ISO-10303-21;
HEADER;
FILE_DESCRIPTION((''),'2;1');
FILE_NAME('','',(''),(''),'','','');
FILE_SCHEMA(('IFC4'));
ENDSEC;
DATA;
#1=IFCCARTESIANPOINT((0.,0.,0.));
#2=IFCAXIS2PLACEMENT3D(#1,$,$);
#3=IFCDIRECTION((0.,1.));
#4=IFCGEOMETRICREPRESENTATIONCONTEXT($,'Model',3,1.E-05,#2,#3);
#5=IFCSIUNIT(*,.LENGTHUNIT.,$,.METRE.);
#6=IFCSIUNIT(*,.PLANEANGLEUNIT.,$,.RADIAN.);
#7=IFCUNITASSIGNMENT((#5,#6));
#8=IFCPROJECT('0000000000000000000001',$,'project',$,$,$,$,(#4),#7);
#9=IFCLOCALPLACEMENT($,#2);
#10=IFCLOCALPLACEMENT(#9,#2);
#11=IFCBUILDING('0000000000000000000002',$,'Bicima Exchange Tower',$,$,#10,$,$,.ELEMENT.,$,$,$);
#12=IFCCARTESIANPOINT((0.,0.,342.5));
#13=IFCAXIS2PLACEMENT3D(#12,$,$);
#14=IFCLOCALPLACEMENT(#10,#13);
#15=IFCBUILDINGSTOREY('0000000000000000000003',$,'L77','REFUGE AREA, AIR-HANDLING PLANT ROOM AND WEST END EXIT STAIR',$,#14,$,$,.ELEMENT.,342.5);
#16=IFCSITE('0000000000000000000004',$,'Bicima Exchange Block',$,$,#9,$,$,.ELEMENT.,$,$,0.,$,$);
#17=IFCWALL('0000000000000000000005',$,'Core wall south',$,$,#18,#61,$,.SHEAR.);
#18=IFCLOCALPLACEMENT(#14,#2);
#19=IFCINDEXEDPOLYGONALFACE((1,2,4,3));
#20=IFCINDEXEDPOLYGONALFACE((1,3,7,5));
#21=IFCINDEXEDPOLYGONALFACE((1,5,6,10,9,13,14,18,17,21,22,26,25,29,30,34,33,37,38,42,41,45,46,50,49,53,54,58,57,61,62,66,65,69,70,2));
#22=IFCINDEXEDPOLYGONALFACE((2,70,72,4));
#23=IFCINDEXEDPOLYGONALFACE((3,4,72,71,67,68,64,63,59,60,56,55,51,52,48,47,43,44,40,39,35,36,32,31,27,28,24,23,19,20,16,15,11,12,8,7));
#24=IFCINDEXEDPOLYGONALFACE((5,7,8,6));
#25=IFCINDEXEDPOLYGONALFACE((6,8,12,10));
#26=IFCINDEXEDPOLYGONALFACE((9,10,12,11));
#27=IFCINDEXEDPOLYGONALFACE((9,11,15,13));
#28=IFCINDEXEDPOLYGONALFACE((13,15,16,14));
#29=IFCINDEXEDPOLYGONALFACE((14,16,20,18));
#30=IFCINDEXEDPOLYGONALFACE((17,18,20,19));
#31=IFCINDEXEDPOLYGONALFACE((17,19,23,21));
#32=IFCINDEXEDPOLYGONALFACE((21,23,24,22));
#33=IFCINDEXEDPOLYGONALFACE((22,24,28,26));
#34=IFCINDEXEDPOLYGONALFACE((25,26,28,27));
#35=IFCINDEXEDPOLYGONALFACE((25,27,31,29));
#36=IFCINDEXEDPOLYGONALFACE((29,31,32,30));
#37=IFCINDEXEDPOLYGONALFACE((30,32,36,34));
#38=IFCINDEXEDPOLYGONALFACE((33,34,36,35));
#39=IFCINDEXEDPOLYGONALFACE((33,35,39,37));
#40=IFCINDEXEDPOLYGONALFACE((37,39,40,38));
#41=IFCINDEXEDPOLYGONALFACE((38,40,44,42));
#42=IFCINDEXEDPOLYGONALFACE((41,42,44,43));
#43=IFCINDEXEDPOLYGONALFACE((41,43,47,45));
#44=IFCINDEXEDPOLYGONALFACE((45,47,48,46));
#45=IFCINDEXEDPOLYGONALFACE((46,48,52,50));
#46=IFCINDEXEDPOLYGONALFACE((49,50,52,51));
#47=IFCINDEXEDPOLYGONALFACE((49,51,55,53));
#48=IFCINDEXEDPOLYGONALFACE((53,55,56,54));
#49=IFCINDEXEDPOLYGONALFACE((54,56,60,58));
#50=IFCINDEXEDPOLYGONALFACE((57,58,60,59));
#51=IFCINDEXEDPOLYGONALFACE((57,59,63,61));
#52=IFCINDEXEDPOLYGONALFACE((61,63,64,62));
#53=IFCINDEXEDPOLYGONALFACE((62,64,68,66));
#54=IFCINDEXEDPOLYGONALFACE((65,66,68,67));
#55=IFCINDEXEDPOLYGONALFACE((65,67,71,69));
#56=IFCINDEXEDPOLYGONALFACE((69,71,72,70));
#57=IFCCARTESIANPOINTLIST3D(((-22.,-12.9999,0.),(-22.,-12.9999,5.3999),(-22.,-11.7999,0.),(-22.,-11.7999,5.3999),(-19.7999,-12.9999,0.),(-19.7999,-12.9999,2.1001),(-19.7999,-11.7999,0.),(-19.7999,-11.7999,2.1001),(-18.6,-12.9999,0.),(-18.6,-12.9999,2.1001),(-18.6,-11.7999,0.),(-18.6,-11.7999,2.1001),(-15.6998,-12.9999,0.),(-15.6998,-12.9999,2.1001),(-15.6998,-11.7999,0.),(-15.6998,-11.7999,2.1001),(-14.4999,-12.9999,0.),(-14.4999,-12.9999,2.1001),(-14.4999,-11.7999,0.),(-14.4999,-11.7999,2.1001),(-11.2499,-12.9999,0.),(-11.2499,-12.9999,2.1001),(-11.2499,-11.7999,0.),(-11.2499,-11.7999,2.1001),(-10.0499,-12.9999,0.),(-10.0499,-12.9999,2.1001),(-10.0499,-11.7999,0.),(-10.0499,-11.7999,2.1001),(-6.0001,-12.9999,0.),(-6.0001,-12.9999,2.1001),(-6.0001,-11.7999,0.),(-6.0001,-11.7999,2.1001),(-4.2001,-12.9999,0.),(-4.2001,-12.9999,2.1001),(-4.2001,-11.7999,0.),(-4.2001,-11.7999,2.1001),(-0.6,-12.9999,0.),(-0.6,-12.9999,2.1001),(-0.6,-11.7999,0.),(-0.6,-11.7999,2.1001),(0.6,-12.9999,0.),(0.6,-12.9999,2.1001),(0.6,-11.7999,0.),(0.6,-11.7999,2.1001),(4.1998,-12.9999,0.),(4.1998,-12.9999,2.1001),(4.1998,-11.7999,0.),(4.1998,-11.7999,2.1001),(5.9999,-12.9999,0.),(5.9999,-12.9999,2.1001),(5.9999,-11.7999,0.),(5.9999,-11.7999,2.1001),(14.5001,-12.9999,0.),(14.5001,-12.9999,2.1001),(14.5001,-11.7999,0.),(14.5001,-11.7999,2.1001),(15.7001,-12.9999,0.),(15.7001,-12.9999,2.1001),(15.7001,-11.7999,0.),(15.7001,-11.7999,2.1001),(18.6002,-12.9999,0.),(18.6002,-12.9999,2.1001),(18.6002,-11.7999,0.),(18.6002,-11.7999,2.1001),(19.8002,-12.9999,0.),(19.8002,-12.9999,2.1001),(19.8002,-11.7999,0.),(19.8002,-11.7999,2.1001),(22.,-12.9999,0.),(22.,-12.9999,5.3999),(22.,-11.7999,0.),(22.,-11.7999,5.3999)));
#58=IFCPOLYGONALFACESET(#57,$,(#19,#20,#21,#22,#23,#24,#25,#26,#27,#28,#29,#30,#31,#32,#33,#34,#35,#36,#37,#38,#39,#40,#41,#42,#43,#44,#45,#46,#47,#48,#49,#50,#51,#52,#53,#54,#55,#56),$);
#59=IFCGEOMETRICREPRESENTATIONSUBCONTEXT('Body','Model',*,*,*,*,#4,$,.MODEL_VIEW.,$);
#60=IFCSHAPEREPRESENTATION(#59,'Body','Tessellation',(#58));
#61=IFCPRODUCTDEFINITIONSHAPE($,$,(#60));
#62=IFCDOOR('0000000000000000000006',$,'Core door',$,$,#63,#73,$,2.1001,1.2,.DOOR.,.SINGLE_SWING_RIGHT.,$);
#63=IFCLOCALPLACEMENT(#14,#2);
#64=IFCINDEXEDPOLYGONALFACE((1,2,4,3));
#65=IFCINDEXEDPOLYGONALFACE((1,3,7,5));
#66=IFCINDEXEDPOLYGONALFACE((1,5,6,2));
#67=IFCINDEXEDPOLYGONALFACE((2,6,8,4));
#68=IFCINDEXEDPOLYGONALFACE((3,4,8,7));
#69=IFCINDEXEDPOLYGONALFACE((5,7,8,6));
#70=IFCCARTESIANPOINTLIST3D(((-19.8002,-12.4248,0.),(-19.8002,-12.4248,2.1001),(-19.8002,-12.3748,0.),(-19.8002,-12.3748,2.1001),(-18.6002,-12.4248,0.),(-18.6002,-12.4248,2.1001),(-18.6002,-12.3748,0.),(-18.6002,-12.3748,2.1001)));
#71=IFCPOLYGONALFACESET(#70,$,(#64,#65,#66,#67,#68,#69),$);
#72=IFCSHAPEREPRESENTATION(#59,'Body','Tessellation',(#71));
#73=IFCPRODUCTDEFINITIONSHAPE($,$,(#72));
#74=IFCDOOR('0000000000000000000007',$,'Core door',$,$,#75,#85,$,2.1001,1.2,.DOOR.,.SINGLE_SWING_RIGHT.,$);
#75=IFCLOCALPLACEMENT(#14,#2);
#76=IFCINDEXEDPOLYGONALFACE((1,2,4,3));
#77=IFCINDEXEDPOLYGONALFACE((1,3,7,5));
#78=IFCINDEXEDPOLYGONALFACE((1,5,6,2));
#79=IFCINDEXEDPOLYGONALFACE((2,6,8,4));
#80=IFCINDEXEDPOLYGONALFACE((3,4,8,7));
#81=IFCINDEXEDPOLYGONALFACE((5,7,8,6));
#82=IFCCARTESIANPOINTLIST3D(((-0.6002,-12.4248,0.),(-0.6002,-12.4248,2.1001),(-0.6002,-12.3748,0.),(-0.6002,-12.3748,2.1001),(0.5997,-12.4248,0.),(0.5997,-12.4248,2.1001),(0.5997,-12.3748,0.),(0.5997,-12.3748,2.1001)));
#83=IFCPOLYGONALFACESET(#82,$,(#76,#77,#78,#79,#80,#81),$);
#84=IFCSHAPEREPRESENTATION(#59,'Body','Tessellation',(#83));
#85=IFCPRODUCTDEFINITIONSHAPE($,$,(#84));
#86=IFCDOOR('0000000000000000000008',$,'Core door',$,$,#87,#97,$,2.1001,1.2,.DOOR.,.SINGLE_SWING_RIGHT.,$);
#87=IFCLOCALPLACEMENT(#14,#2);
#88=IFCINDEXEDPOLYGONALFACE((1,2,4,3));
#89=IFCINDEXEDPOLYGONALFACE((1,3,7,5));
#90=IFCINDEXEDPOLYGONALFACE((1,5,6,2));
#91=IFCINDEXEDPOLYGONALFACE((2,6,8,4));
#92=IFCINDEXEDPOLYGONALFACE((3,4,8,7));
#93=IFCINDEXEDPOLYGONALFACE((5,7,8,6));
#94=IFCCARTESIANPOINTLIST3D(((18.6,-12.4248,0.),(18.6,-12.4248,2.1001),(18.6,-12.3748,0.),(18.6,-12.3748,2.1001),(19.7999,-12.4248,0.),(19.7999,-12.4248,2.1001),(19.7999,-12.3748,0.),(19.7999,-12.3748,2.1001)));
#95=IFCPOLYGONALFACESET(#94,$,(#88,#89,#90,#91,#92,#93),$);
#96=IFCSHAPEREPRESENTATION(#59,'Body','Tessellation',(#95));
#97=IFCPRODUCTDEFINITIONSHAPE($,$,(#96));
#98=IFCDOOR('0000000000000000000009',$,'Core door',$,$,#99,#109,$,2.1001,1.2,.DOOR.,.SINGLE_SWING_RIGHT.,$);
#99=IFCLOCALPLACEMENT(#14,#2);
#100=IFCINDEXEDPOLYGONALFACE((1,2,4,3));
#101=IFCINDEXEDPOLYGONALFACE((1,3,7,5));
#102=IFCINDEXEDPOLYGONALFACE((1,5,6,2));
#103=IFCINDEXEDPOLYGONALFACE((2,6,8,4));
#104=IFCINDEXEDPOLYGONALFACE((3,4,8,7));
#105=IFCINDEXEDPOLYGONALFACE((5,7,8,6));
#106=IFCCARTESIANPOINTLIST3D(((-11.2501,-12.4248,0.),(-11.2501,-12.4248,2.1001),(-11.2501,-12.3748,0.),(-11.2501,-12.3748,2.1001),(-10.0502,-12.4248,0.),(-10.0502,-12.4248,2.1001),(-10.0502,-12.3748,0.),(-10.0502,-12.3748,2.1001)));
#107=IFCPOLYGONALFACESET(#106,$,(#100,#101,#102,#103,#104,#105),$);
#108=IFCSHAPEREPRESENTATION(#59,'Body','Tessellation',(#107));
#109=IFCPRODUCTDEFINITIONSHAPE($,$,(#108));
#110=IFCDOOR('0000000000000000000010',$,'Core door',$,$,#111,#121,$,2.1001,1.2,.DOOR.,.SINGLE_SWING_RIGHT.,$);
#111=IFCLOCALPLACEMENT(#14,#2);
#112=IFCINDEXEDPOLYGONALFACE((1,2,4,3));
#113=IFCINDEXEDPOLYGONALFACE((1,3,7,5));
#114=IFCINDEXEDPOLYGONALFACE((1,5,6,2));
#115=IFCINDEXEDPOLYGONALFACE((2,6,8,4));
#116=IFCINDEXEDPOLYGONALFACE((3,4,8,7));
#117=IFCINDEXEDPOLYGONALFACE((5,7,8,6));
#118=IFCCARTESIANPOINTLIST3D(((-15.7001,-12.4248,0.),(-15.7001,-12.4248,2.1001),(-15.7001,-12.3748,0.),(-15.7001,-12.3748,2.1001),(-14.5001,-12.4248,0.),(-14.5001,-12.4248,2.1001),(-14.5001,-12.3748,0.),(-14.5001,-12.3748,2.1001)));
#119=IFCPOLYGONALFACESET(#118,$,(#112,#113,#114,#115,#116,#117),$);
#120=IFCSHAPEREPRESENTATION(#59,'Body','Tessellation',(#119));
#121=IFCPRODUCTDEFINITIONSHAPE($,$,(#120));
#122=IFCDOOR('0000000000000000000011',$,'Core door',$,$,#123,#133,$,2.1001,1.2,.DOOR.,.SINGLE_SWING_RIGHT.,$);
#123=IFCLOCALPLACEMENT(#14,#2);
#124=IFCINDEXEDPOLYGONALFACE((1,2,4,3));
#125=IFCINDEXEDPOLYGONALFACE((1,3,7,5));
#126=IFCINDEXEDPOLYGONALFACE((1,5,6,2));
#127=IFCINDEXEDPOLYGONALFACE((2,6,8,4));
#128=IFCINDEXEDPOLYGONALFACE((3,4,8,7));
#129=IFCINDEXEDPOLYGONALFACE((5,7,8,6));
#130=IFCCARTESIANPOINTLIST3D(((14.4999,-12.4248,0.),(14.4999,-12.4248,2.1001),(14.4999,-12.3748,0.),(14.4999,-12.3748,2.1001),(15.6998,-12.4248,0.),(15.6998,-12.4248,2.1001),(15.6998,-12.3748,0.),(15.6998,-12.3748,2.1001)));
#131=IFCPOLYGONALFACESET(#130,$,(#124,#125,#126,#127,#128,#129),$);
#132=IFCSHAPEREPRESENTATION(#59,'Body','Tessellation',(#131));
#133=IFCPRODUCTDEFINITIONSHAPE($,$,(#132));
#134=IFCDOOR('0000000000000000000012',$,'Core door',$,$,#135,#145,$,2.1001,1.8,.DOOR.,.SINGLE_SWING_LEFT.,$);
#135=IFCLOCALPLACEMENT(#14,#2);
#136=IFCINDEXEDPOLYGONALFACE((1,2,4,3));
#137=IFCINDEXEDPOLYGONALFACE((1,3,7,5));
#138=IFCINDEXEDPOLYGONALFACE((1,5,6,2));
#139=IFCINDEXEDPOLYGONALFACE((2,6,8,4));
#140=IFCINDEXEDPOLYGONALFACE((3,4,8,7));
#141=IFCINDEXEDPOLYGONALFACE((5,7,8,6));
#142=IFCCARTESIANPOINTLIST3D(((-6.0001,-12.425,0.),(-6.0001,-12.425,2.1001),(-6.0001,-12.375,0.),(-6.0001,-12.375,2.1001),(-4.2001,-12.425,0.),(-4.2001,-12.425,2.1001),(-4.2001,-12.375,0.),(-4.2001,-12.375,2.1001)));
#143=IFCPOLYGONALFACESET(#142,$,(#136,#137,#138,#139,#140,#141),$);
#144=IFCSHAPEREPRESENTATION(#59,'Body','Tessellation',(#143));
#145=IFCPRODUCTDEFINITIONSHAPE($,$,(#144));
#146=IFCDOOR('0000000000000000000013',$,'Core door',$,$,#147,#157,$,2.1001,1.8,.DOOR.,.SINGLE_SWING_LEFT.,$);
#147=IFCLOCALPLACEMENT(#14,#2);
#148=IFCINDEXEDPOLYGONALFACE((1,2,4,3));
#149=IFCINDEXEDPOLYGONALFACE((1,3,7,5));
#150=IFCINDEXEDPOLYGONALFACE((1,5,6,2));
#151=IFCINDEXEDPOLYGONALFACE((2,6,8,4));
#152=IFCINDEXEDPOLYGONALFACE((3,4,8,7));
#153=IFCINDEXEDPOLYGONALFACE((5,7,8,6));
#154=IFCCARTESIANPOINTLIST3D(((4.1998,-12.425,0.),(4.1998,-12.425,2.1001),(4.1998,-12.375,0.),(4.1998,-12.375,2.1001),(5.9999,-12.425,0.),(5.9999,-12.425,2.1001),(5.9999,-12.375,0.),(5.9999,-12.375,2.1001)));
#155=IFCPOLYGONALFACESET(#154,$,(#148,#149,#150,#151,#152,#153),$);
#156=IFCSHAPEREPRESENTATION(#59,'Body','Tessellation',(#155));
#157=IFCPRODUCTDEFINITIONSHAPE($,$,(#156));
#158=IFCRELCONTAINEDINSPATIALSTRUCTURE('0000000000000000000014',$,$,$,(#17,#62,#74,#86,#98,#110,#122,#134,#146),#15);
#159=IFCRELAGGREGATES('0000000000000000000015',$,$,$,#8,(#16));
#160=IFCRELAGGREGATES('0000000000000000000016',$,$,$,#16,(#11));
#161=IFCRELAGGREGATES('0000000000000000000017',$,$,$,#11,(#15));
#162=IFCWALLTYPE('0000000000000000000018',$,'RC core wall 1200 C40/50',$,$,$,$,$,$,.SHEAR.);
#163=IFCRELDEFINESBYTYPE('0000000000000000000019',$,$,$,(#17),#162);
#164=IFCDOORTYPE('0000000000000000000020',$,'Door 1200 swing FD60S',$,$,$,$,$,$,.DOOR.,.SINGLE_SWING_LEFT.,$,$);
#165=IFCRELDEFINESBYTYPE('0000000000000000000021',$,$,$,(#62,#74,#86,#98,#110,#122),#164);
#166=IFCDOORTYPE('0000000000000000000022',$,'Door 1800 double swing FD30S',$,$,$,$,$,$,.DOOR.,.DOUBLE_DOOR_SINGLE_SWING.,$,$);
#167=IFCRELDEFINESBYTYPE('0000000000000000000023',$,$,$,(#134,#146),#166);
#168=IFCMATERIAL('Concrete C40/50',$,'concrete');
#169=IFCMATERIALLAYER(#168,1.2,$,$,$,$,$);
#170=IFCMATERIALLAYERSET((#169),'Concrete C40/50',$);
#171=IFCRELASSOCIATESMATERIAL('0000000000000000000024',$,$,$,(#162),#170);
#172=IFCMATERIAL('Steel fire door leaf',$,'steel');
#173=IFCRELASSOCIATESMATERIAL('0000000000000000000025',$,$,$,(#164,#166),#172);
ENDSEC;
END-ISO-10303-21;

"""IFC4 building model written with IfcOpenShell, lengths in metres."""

from ifc_helpers import new_model, si_unit, direction, frame, frame_2d, origin, place, context, subcontext, project, spatial, rectangle, extrude, material, layer, layer_set, type_object, element, fill, save


model = new_model("IFC4")

# Units and contexts
model_context = context("Model", 3, precision=1e-05, world=origin(), true_north=direction((0.0, 1.0)))
body_context = subcontext(model_context, "Body", "Model", "MODEL_VIEW")
ifc_project = project(units=[si_unit("LENGTHUNIT", "METRE"), si_unit("PLANEANGLEUNIT", "RADIAN")], contexts=[model_context])

# Site, building, storey
site_placement = place(None, origin())
site = spatial("IfcSite", under=ifc_project, at=site_placement, Name="Bicima Exchange Block", CompositionType="ELEMENT", RefElevation=0.0)
building_placement = place(site_placement, origin())
building = spatial("IfcBuilding", under=site, at=building_placement, Name="Bicima Exchange Tower", CompositionType="ELEMENT")
storey_placement = place(building_placement, frame((0.0, 0.0, 342.5)))
storey = spatial("IfcBuildingStorey", under=building, at=storey_placement, Name="L77", Description="REFUGE AREA, AIR-HANDLING PLANT ROOM AND WEST END EXIT STAIR", CompositionType="ELEMENT", Elevation=342.5)

# Shared definitions
ifc_material_1 = material(Name="Concrete C40/50", Category="concrete")

# Wall, openings, doors
ifc_layer_1 = layer(ifc_material_1, 1.2)
ifc_layer_set_1 = layer_set([ifc_layer_1], Name="Concrete C40/50")
wall_type_1 = type_object("IfcWallType", Name="RC core wall 1200 C40/50", PredefinedType="SHEAR", material=ifc_layer_set_1)
wall_1_placement = place(storey_placement, frame((-22.0, -12.3999, 0.0), z_axis=(0.0, 0.0, 1.0), x_axis=(1.0, 0.0, 0.0)))
wall_1 = element("IfcWall", 1, at=wall_1_placement, inside=storey, type_object=wall_type_1, Name="Core wall south", PredefinedType="SHEAR", context=body_context, shape_type="SweptSolid", body=[
    extrude(rectangle(XDim=44.0, YDim=1.2, at=frame_2d((22.0, 0.0))), origin(), (0.0, 0.0, 1.0), 5.3999),
])
opening_1_placement = place(wall_1_placement, frame((2.2, 0.0, 0.0)))
opening_1 = element("IfcOpeningElement", 2, at=opening_1_placement, cuts=wall_1, PredefinedType="OPENING", context=body_context, shape_type="SweptSolid", body=[
    extrude(rectangle(XDim=1.2, YDim=2.1001, at=frame_2d((0.6001, 1.05))), frame((0.0, 0.6118, 0.0), z_axis=(0.0, -1.0, 0.0), x_axis=(1.0, 0.0, 0.0)), (0.0, 0.0, 1.0), 1.2239),
])
opening_2_placement = place(wall_1_placement, frame((21.3999, 0.0, 0.0)))
opening_2 = element("IfcOpeningElement", 3, at=opening_2_placement, cuts=wall_1, PredefinedType="OPENING", context=body_context, shape_type="SweptSolid", body=[
    extrude(rectangle(XDim=1.2, YDim=2.1001, at=frame_2d((0.6001, 1.05))), frame((0.0, 0.6118, 0.0), z_axis=(0.0, -1.0, 0.0), x_axis=(1.0, 0.0, 0.0)), (0.0, 0.0, 1.0), 1.2239),
])
opening_3_placement = place(wall_1_placement, frame((40.6001, 0.0, 0.0)))
opening_3 = element("IfcOpeningElement", 4, at=opening_3_placement, cuts=wall_1, PredefinedType="OPENING", context=body_context, shape_type="SweptSolid", body=[
    extrude(rectangle(XDim=1.2, YDim=2.1001, at=frame_2d((0.6001, 1.05))), frame((0.0, 0.6118, 0.0), z_axis=(0.0, -1.0, 0.0), x_axis=(1.0, 0.0, 0.0)), (0.0, 0.0, 1.0), 1.2239),
])
opening_4_placement = place(wall_1_placement, frame((10.75, 0.0, 0.0)))
opening_4 = element("IfcOpeningElement", 5, at=opening_4_placement, cuts=wall_1, PredefinedType="OPENING", context=body_context, shape_type="SweptSolid", body=[
    extrude(rectangle(XDim=1.2, YDim=2.1001, at=frame_2d((0.6001, 1.05))), frame((0.0, 0.6118, 0.0), z_axis=(0.0, -1.0, 0.0), x_axis=(1.0, 0.0, 0.0)), (0.0, 0.0, 1.0), 1.2239),
])
opening_5_placement = place(wall_1_placement, frame((16.0, 0.0, 0.0)))
opening_5 = element("IfcOpeningElement", 6, at=opening_5_placement, cuts=wall_1, PredefinedType="OPENING", context=body_context, shape_type="SweptSolid", body=[
    extrude(rectangle(XDim=1.8, YDim=2.1001, at=frame_2d((0.8999, 1.05))), frame((0.0, 0.6118, 0.0), z_axis=(0.0, -1.0, 0.0), x_axis=(1.0, 0.0, 0.0)), (0.0, 0.0, 1.0), 1.2239),
])
opening_6_placement = place(wall_1_placement, frame((6.3, 0.0, 0.0)))
opening_6 = element("IfcOpeningElement", 7, at=opening_6_placement, cuts=wall_1, PredefinedType="OPENING", context=body_context, shape_type="SweptSolid", body=[
    extrude(rectangle(XDim=1.2, YDim=2.1001, at=frame_2d((0.6001, 1.05))), frame((0.0, 0.6118, 0.0), z_axis=(0.0, -1.0, 0.0), x_axis=(1.0, 0.0, 0.0)), (0.0, 0.0, 1.0), 1.2239),
])
opening_7_placement = place(wall_1_placement, frame((26.2, 0.0, 0.0)))
opening_7 = element("IfcOpeningElement", 8, at=opening_7_placement, cuts=wall_1, PredefinedType="OPENING", context=body_context, shape_type="SweptSolid", body=[
    extrude(rectangle(XDim=1.8, YDim=2.1001, at=frame_2d((0.8999, 1.05))), frame((0.0, 0.6118, 0.0), z_axis=(0.0, -1.0, 0.0), x_axis=(1.0, 0.0, 0.0)), (0.0, 0.0, 1.0), 1.2239),
])
opening_8_placement = place(wall_1_placement, frame((36.5, 0.0, 0.0)))
opening_8 = element("IfcOpeningElement", 9, at=opening_8_placement, cuts=wall_1, PredefinedType="OPENING", context=body_context, shape_type="SweptSolid", body=[
    extrude(rectangle(XDim=1.2, YDim=2.1001, at=frame_2d((0.6001, 1.05))), frame((0.0, 0.6118, 0.0), z_axis=(0.0, -1.0, 0.0), x_axis=(1.0, 0.0, 0.0)), (0.0, 0.0, 1.0), 1.2239),
])
ifc_material_2 = material(Name="Steel fire door leaf", Category="steel")
door_type_1 = type_object("IfcDoorType", Name="Door 1200 swing FD60S", OperationType="SINGLE_SWING_LEFT", PredefinedType="DOOR", material=ifc_material_2)
door_1_placement = place(opening_1_placement, frame((1.2, 0.0, 0.0), z_axis=(0.0, 0.0, 1.0), x_axis=(-1.0, 0.0, 0.0)))
door_1 = element("IfcDoor", 10, at=door_1_placement, inside=storey, type_object=door_type_1, Name="Core door", OperationType="SINGLE_SWING_RIGHT", OverallHeight=2.1001, OverallWidth=1.2, PredefinedType="DOOR", context=body_context, shape_type="SweptSolid", body=[
    extrude(rectangle(XDim=1.2, YDim=2.1001, at=frame_2d((0.6001, 1.05))), frame((0.0, 0.0249, 0.0), z_axis=(0.0, -1.0, 0.0), x_axis=(1.0, 0.0, 0.0)), (0.0, 0.0, 1.0), 0.05),
])
fill(opening_1, door_1)
door_2_placement = place(opening_2_placement, frame((1.2, 0.0, 0.0), z_axis=(0.0, 0.0, 1.0), x_axis=(-1.0, 0.0, 0.0)))
door_2 = element("IfcDoor", 11, at=door_2_placement, inside=storey, type_object=door_type_1, Name="Core door", OperationType="SINGLE_SWING_RIGHT", OverallHeight=2.1001, OverallWidth=1.2, PredefinedType="DOOR", context=body_context, shape_type="SweptSolid", body=[
    extrude(rectangle(XDim=1.2, YDim=2.1001, at=frame_2d((0.6001, 1.05))), frame((0.0, 0.0249, 0.0), z_axis=(0.0, -1.0, 0.0), x_axis=(1.0, 0.0, 0.0)), (0.0, 0.0, 1.0), 0.05),
])
fill(opening_2, door_2)
door_3_placement = place(opening_3_placement, frame((1.2, 0.0, 0.0), z_axis=(0.0, 0.0, 1.0), x_axis=(-1.0, 0.0, 0.0)))
door_3 = element("IfcDoor", 12, at=door_3_placement, inside=storey, type_object=door_type_1, Name="Core door", OperationType="SINGLE_SWING_RIGHT", OverallHeight=2.1001, OverallWidth=1.2, PredefinedType="DOOR", context=body_context, shape_type="SweptSolid", body=[
    extrude(rectangle(XDim=1.2, YDim=2.1001, at=frame_2d((0.6001, 1.05))), frame((0.0, 0.0249, 0.0), z_axis=(0.0, -1.0, 0.0), x_axis=(1.0, 0.0, 0.0)), (0.0, 0.0, 1.0), 0.05),
])
fill(opening_3, door_3)
door_4_placement = place(opening_4_placement, frame((1.2, 0.0, 0.0), z_axis=(0.0, 0.0, 1.0), x_axis=(-1.0, 0.0, 0.0)))
door_4 = element("IfcDoor", 13, at=door_4_placement, inside=storey, type_object=door_type_1, Name="Core door", OperationType="SINGLE_SWING_RIGHT", OverallHeight=2.1001, OverallWidth=1.2, PredefinedType="DOOR", context=body_context, shape_type="SweptSolid", body=[
    extrude(rectangle(XDim=1.2, YDim=2.1001, at=frame_2d((0.6001, 1.05))), frame((0.0, 0.0249, 0.0), z_axis=(0.0, -1.0, 0.0), x_axis=(1.0, 0.0, 0.0)), (0.0, 0.0, 1.0), 0.05),
])
fill(opening_4, door_4)
door_5_placement = place(opening_6_placement, frame((1.2, 0.0, 0.0), z_axis=(0.0, 0.0, 1.0), x_axis=(-1.0, 0.0, 0.0)))
door_5 = element("IfcDoor", 14, at=door_5_placement, inside=storey, type_object=door_type_1, Name="Core door", OperationType="SINGLE_SWING_RIGHT", OverallHeight=2.1001, OverallWidth=1.2, PredefinedType="DOOR", context=body_context, shape_type="SweptSolid", body=[
    extrude(rectangle(XDim=1.2, YDim=2.1001, at=frame_2d((0.6001, 1.05))), frame((0.0, 0.0249, 0.0), z_axis=(0.0, -1.0, 0.0), x_axis=(1.0, 0.0, 0.0)), (0.0, 0.0, 1.0), 0.05),
])
fill(opening_6, door_5)
door_6_placement = place(opening_8_placement, frame((1.2, 0.0, 0.0), z_axis=(0.0, 0.0, 1.0), x_axis=(-1.0, 0.0, 0.0)))
door_6 = element("IfcDoor", 15, at=door_6_placement, inside=storey, type_object=door_type_1, Name="Core door", OperationType="SINGLE_SWING_RIGHT", OverallHeight=2.1001, OverallWidth=1.2, PredefinedType="DOOR", context=body_context, shape_type="SweptSolid", body=[
    extrude(rectangle(XDim=1.2, YDim=2.1001, at=frame_2d((0.6001, 1.05))), frame((0.0, 0.0249, 0.0), z_axis=(0.0, -1.0, 0.0), x_axis=(1.0, 0.0, 0.0)), (0.0, 0.0, 1.0), 0.05),
])
fill(opening_8, door_6)
door_type_2 = type_object("IfcDoorType", Name="Door 1800 double swing FD30S", OperationType="DOUBLE_DOOR_SINGLE_SWING", PredefinedType="DOOR", material=ifc_material_2)
door_7_placement = place(opening_5_placement, origin())
door_7 = element("IfcDoor", 16, at=door_7_placement, inside=storey, type_object=door_type_2, Name="Core door", OperationType="SINGLE_SWING_LEFT", OverallHeight=2.1001, OverallWidth=1.8, PredefinedType="DOOR", context=body_context, shape_type="SweptSolid", body=[
    extrude(rectangle(XDim=1.8, YDim=2.1001, at=frame_2d((0.8999, 1.05))), frame((0.0, 0.0249, 0.0), z_axis=(0.0, -1.0, 0.0), x_axis=(1.0, 0.0, 0.0)), (0.0, 0.0, 1.0), 0.05),
])
fill(opening_5, door_7)
door_8_placement = place(opening_7_placement, origin())
door_8 = element("IfcDoor", 17, at=door_8_placement, inside=storey, type_object=door_type_2, Name="Core door", OperationType="SINGLE_SWING_LEFT", OverallHeight=2.1001, OverallWidth=1.8, PredefinedType="DOOR", context=body_context, shape_type="SweptSolid", body=[
    extrude(rectangle(XDim=1.8, YDim=2.1001, at=frame_2d((0.8999, 1.05))), frame((0.0, 0.0249, 0.0), z_axis=(0.0, -1.0, 0.0), x_axis=(1.0, 0.0, 0.0)), (0.0, 0.0, 1.0), 0.05),
])
fill(opening_7, door_8)

save(model, "model.ifc")
